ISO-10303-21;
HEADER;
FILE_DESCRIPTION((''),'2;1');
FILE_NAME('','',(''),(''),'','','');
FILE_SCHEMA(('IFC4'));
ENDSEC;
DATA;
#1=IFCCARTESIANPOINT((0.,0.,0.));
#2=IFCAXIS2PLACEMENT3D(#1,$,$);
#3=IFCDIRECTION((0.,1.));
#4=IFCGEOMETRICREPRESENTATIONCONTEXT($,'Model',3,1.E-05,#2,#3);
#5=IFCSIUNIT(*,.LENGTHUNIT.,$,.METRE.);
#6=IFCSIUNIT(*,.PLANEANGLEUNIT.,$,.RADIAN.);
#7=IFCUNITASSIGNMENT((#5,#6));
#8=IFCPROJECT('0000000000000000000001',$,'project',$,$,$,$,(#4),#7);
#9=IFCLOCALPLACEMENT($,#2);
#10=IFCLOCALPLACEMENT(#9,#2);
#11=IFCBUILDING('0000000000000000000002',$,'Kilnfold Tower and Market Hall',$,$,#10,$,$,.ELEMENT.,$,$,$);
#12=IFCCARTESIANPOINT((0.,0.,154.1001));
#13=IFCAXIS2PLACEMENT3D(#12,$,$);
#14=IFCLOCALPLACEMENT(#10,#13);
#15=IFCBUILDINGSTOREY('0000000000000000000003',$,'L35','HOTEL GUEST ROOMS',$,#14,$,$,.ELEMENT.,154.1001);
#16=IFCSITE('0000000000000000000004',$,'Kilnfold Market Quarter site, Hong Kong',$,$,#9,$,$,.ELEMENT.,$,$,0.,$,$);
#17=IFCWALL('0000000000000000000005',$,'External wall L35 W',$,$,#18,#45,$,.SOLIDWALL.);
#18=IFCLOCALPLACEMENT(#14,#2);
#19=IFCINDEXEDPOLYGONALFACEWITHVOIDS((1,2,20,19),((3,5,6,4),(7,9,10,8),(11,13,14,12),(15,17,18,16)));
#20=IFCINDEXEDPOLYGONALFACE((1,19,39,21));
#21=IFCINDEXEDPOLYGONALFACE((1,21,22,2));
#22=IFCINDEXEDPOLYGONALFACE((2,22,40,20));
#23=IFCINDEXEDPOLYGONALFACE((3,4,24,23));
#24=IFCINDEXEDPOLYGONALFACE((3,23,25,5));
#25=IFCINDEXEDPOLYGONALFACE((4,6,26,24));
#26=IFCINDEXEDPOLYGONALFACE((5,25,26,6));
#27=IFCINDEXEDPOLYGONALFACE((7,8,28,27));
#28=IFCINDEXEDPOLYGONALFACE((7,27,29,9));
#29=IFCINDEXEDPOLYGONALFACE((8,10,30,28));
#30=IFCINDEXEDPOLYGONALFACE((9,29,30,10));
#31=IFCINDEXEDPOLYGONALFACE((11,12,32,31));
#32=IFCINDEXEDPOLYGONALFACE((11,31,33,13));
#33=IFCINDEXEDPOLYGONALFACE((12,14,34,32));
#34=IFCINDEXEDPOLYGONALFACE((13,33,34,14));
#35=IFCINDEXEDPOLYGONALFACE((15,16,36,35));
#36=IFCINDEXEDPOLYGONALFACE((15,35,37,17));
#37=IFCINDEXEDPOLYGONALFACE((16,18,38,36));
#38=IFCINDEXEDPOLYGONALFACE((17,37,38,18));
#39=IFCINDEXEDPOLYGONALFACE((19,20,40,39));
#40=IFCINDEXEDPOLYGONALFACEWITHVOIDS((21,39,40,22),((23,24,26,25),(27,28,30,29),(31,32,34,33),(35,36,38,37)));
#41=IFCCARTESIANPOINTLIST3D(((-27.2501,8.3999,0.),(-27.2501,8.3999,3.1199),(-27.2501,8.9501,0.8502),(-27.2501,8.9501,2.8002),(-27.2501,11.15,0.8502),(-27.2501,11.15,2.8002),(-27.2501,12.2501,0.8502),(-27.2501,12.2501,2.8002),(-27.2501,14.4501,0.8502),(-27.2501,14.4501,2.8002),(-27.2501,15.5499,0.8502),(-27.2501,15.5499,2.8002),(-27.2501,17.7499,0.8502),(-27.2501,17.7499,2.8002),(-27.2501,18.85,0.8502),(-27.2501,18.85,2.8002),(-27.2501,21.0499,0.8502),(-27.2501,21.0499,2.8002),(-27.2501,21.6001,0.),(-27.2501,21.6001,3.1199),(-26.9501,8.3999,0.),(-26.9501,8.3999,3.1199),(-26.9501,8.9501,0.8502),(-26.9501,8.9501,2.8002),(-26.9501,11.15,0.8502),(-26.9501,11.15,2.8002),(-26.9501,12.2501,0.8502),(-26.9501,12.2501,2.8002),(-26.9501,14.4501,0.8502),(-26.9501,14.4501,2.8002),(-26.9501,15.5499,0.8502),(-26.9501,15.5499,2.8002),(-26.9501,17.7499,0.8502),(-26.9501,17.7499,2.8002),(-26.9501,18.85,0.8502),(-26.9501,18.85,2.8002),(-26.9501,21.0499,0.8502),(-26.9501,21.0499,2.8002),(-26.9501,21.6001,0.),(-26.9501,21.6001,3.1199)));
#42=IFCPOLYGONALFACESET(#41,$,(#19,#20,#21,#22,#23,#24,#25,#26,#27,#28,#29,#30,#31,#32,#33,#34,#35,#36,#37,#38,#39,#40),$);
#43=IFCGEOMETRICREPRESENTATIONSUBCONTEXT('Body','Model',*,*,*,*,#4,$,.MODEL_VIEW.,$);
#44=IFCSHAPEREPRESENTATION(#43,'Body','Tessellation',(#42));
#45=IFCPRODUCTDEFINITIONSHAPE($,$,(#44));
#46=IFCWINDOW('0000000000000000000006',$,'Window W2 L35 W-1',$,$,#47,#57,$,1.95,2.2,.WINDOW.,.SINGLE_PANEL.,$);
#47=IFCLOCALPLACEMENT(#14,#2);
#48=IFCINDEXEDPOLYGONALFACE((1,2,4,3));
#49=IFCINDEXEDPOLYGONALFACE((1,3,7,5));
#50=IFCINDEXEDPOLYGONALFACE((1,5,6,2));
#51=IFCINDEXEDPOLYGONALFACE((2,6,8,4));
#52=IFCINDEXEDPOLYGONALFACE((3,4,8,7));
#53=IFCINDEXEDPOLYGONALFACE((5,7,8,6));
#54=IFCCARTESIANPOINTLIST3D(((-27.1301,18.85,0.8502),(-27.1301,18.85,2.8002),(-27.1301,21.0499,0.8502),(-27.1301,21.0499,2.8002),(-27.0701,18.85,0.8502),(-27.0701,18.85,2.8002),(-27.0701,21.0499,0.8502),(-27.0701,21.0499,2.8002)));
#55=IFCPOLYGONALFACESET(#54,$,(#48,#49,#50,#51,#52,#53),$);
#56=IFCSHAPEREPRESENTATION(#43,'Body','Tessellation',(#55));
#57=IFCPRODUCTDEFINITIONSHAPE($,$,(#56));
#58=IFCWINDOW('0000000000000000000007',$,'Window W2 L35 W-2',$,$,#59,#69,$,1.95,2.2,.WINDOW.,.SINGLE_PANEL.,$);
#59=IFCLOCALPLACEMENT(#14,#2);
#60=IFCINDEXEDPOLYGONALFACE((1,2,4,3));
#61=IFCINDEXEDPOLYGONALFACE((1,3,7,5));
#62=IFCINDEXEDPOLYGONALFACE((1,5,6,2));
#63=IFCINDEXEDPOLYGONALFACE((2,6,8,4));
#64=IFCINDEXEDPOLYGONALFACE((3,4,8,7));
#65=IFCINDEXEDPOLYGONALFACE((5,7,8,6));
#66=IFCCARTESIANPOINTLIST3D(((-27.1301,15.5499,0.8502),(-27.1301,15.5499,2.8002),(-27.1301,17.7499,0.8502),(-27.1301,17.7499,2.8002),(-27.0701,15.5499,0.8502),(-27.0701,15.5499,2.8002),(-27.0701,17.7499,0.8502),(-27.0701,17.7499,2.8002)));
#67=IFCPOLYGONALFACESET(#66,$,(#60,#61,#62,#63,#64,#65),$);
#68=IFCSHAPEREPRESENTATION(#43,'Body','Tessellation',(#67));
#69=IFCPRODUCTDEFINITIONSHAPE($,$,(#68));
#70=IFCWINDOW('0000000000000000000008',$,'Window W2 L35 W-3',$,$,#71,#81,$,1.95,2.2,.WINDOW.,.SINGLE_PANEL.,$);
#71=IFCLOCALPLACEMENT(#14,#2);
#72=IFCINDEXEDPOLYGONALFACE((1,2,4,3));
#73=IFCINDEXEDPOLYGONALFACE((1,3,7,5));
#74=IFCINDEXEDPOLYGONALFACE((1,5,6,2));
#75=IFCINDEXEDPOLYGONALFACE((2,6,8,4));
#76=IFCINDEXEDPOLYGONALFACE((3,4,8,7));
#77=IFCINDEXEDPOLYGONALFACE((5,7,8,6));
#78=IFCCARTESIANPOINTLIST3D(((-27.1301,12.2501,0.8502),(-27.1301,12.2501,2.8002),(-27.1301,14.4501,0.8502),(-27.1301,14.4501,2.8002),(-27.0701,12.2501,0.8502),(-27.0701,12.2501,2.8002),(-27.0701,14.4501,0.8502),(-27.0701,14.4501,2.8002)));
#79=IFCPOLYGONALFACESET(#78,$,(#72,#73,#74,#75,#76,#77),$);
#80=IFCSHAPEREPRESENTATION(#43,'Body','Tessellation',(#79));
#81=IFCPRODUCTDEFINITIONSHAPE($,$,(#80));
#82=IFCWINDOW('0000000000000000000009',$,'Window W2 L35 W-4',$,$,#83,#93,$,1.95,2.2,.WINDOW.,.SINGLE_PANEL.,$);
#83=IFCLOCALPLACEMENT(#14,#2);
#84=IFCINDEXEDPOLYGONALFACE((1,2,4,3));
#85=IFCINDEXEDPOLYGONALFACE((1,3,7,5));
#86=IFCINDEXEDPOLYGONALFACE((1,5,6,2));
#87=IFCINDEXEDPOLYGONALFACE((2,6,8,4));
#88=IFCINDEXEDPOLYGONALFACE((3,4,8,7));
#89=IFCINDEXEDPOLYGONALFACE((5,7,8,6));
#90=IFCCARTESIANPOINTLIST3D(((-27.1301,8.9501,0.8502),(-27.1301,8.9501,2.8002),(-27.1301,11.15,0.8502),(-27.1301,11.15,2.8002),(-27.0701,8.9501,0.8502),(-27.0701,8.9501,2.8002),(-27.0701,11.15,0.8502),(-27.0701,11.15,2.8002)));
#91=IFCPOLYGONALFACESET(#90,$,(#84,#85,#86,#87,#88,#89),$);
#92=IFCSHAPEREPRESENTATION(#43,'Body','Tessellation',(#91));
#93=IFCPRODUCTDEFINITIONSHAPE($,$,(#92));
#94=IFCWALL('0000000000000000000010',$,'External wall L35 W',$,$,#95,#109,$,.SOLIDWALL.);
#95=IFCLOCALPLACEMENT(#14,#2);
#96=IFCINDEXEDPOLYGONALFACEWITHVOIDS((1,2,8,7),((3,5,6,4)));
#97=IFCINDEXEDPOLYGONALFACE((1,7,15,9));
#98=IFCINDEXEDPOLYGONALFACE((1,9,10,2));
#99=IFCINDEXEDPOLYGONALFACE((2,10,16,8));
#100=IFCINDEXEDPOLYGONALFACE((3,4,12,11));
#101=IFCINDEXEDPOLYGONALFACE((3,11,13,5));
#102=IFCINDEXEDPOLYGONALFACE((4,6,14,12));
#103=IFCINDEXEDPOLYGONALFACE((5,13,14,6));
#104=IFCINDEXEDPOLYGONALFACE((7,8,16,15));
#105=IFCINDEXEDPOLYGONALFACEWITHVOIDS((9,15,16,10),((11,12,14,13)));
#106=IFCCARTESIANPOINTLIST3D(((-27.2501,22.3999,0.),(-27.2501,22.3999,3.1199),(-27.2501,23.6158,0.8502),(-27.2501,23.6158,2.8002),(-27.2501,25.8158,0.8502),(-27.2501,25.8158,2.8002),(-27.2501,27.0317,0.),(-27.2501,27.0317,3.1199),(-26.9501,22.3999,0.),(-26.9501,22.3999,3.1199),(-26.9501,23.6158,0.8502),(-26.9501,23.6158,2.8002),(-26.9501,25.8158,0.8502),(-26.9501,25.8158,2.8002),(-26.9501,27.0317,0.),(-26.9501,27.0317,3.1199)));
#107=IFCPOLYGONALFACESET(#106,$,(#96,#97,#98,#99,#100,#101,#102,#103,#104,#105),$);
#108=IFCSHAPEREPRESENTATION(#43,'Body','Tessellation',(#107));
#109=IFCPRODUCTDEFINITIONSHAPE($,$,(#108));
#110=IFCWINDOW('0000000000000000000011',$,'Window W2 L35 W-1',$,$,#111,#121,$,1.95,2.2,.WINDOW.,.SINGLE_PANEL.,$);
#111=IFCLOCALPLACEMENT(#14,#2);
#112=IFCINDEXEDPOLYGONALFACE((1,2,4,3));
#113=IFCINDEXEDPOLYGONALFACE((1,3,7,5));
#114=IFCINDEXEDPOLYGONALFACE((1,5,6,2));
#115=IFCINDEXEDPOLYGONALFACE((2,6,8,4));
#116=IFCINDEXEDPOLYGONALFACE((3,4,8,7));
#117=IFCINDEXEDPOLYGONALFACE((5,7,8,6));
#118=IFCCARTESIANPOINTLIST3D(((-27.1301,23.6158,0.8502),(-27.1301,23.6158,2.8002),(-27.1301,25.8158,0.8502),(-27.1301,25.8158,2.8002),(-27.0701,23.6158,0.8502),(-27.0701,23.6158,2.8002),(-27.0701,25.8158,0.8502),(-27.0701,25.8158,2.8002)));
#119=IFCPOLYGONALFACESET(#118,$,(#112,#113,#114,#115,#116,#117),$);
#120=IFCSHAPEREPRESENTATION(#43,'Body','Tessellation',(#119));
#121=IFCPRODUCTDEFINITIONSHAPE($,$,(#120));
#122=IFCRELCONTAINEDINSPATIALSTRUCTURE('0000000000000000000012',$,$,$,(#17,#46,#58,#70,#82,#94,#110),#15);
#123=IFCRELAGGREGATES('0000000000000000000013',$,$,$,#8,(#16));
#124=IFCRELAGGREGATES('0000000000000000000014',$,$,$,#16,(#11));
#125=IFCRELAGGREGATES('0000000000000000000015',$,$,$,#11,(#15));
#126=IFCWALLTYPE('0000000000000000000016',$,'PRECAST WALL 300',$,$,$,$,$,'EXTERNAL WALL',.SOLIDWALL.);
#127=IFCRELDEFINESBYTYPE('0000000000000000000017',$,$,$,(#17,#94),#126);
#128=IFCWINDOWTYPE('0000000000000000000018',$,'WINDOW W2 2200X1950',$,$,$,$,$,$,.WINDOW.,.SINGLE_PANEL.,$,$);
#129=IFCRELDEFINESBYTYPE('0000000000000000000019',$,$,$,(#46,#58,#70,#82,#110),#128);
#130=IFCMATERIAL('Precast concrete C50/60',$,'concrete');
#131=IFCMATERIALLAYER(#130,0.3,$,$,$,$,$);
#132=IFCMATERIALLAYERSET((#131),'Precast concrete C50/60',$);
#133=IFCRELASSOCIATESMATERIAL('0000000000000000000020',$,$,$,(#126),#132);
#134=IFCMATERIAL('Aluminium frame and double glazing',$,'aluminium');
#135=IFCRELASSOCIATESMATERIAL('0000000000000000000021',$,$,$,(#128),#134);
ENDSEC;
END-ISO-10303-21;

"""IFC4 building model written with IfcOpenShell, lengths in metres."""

from ifc_helpers import new_model, si_unit, direction, frame, frame_2d, origin, place, context, subcontext, project, spatial, rectangle, extrude, source, transform, mapped, material, layer, layer_set, type_object, element, fill, save


model = new_model("IFC4")

# Units and contexts
model_context = context("Model", 3, precision=1e-05, world=origin(), true_north=direction((0.0, 1.0)))
body_context = subcontext(model_context, "Body", "Model", "MODEL_VIEW")
ifc_project = project(units=[si_unit("LENGTHUNIT", "METRE"), si_unit("PLANEANGLEUNIT", "RADIAN")], contexts=[model_context])

# Site, building, storey
site_placement = place(None, origin())
site = spatial("IfcSite", under=ifc_project, at=site_placement, Name="Kilnfold Market Quarter site, Hong Kong", CompositionType="ELEMENT", RefElevation=0.0)
building_placement = place(site_placement, origin())
building = spatial("IfcBuilding", under=site, at=building_placement, Name="Kilnfold Tower and Market Hall", CompositionType="ELEMENT")
storey_placement = place(building_placement, frame((0.0, 0.0, 154.1001)))
storey = spatial("IfcBuildingStorey", under=building, at=storey_placement, Name="L35", Description="HOTEL GUEST ROOMS", CompositionType="ELEMENT", Elevation=154.1001)

# Shared definitions
ifc_material_1 = material(Name="Precast concrete C50/60", Category="concrete")
ifc_layer_1 = layer(ifc_material_1, 0.3)
ifc_layer_set_1 = layer_set([ifc_layer_1], Name="Precast concrete C50/60")
wall_type_1 = type_object("IfcWallType", Name="PRECAST WALL 300", ElementType="EXTERNAL WALL", PredefinedType="SOLIDWALL", material=ifc_layer_set_1)
ifc_material_2 = material(Name="Aluminium frame and double glazing", Category="aluminium")
window_type = type_object("IfcWindowType", Name="WINDOW W2 2200X1950", PartitioningType="SINGLE_PANEL", PredefinedType="WINDOW", material=ifc_material_2)

# Wall, openings, windows
shared_shape_1 = source(origin(), body_context, "Body", "SweptSolid", [
    extrude(rectangle(XDim=13.2002, YDim=0.3, at=frame_2d((6.6001, 0.0))), origin(), (0.0, 0.0, 1.0), 3.1199),
])
wall_1_placement = place(storey_placement, frame((-27.1001, 21.6001, 0.0), z_axis=(0.0, 0.0, 1.0), x_axis=(0.0, -1.0, 0.0)))
wall_1 = element("IfcWall", 1, at=wall_1_placement, inside=storey, type_object=wall_type_1, Name="External wall L35 W", PredefinedType="SOLIDWALL", context=body_context, shape_type="MappedRepresentation", body=[
    mapped(shared_shape_1, transform((0.0, 0.0, 0.0))),
])
opening_1_placement = place(wall_1_placement, frame((0.55, 0.0, 0.8501)))
opening_1 = element("IfcOpeningElement", 2, at=opening_1_placement, cuts=wall_1, PredefinedType="OPENING", context=body_context, shape_type="SweptSolid", body=[
    extrude(rectangle(XDim=2.2, YDim=1.95, at=frame_2d((1.1001, 0.9751))), frame((0.0, 0.1602, 0.0), z_axis=(0.0, -1.0, 0.0), x_axis=(1.0, 0.0, 0.0)), (0.0, 0.0, 1.0), 0.3201),
])
opening_2_placement = place(wall_1_placement, frame((3.8501, 0.0, 0.8501)))
opening_2 = element("IfcOpeningElement", 3, at=opening_2_placement, cuts=wall_1, PredefinedType="OPENING", context=body_context, shape_type="SweptSolid", body=[
    extrude(rectangle(XDim=2.2, YDim=1.95, at=frame_2d((1.1001, 0.9751))), frame((0.0, 0.1602, 0.0), z_axis=(0.0, -1.0, 0.0), x_axis=(1.0, 0.0, 0.0)), (0.0, 0.0, 1.0), 0.3201),
])
opening_3_placement = place(wall_1_placement, frame((7.1499, 0.0, 0.8501)))
opening_3 = element("IfcOpeningElement", 4, at=opening_3_placement, cuts=wall_1, PredefinedType="OPENING", context=body_context, shape_type="SweptSolid", body=[
    extrude(rectangle(XDim=2.2, YDim=1.95, at=frame_2d((1.1001, 0.9751))), frame((0.0, 0.1602, 0.0), z_axis=(0.0, -1.0, 0.0), x_axis=(1.0, 0.0, 0.0)), (0.0, 0.0, 1.0), 0.3201),
])
opening_4_placement = place(wall_1_placement, frame((10.45, 0.0, 0.8501)))
opening_4 = element("IfcOpeningElement", 5, at=opening_4_placement, cuts=wall_1, PredefinedType="OPENING", context=body_context, shape_type="SweptSolid", body=[
    extrude(rectangle(XDim=2.2, YDim=1.95, at=frame_2d((1.1001, 0.9751))), frame((0.0, 0.1602, 0.0), z_axis=(0.0, -1.0, 0.0), x_axis=(1.0, 0.0, 0.0)), (0.0, 0.0, 1.0), 0.3201),
])
window_1_placement = place(opening_1_placement, origin())
window_1 = element("IfcWindow", 6, at=window_1_placement, inside=storey, type_object=window_type, Name="Window W2 L35 W-1", OverallHeight=1.95, OverallWidth=2.2, PartitioningType="SINGLE_PANEL", PredefinedType="WINDOW", context=body_context, shape_type="SweptSolid", body=[
    extrude(rectangle(XDim=2.2, YDim=1.95, at=frame_2d((1.1001, 0.9751))), frame((0.0, 0.03, 0.0), z_axis=(0.0, -1.0, 0.0), x_axis=(1.0, 0.0, 0.0)), (0.0, 0.0, 1.0), 0.0601),
])
fill(opening_1, window_1)
window_2_placement = place(opening_2_placement, origin())
window_2 = element("IfcWindow", 7, at=window_2_placement, inside=storey, type_object=window_type, Name="Window W2 L35 W-2", OverallHeight=1.95, OverallWidth=2.2, PartitioningType="SINGLE_PANEL", PredefinedType="WINDOW", context=body_context, shape_type="SweptSolid", body=[
    extrude(rectangle(XDim=2.2, YDim=1.95, at=frame_2d((1.1001, 0.9751))), frame((0.0, 0.03, 0.0), z_axis=(0.0, -1.0, 0.0), x_axis=(1.0, 0.0, 0.0)), (0.0, 0.0, 1.0), 0.0601),
])
fill(opening_2, window_2)
window_3_placement = place(opening_3_placement, origin())
window_3 = element("IfcWindow", 8, at=window_3_placement, inside=storey, type_object=window_type, Name="Window W2 L35 W-3", OverallHeight=1.95, OverallWidth=2.2, PartitioningType="SINGLE_PANEL", PredefinedType="WINDOW", context=body_context, shape_type="SweptSolid", body=[
    extrude(rectangle(XDim=2.2, YDim=1.95, at=frame_2d((1.1001, 0.9751))), frame((0.0, 0.03, 0.0), z_axis=(0.0, -1.0, 0.0), x_axis=(1.0, 0.0, 0.0)), (0.0, 0.0, 1.0), 0.0601),
])
fill(opening_3, window_3)
window_4_placement = place(opening_4_placement, origin())
window_4 = element("IfcWindow", 9, at=window_4_placement, inside=storey, type_object=window_type, Name="Window W2 L35 W-4", OverallHeight=1.95, OverallWidth=2.2, PartitioningType="SINGLE_PANEL", PredefinedType="WINDOW", context=body_context, shape_type="SweptSolid", body=[
    extrude(rectangle(XDim=2.2, YDim=1.95, at=frame_2d((1.1001, 0.9751))), frame((0.0, 0.03, 0.0), z_axis=(0.0, -1.0, 0.0), x_axis=(1.0, 0.0, 0.0)), (0.0, 0.0, 1.0), 0.0601),
])
fill(opening_4, window_4)

# Wall, opening, window
shared_shape_2 = source(origin(), body_context, "Body", "SweptSolid", [
    extrude(rectangle(XDim=4.6318, YDim=0.3, at=frame_2d((2.3159, 0.0))), origin(), (0.0, 0.0, 1.0), 3.1199),
])
wall_2_placement = place(storey_placement, frame((-27.1001, 27.0317, 0.0), z_axis=(0.0, 0.0, 1.0), x_axis=(0.0, -1.0, 0.0)))
wall_2 = element("IfcWall", 10, at=wall_2_placement, inside=storey, type_object=wall_type_1, Name="External wall L35 W", PredefinedType="SOLIDWALL", context=body_context, shape_type="MappedRepresentation", body=[
    mapped(shared_shape_2, transform((0.0, 0.0, 0.0))),
])
opening_5_placement = place(wall_2_placement, frame((1.2158, 0.0, 0.8501)))
opening_5 = element("IfcOpeningElement", 11, at=opening_5_placement, cuts=wall_2, PredefinedType="OPENING", context=body_context, shape_type="SweptSolid", body=[
    extrude(rectangle(XDim=2.2, YDim=1.95, at=frame_2d((1.1001, 0.9751))), frame((0.0, 0.1602, 0.0), z_axis=(0.0, -1.0, 0.0), x_axis=(1.0, 0.0, 0.0)), (0.0, 0.0, 1.0), 0.3201),
])
window_5_placement = place(opening_5_placement, origin())
window_5 = element("IfcWindow", 12, at=window_5_placement, inside=storey, type_object=window_type, Name="Window W2 L35 W-1", OverallHeight=1.95, OverallWidth=2.2, PartitioningType="SINGLE_PANEL", PredefinedType="WINDOW", context=body_context, shape_type="SweptSolid", body=[
    extrude(rectangle(XDim=2.2, YDim=1.95, at=frame_2d((1.1001, 0.9751))), frame((0.0, 0.03, 0.0), z_axis=(0.0, -1.0, 0.0), x_axis=(1.0, 0.0, 0.0)), (0.0, 0.0, 1.0), 0.0601),
])
fill(opening_5, window_5)

save(model, "model.ifc")
